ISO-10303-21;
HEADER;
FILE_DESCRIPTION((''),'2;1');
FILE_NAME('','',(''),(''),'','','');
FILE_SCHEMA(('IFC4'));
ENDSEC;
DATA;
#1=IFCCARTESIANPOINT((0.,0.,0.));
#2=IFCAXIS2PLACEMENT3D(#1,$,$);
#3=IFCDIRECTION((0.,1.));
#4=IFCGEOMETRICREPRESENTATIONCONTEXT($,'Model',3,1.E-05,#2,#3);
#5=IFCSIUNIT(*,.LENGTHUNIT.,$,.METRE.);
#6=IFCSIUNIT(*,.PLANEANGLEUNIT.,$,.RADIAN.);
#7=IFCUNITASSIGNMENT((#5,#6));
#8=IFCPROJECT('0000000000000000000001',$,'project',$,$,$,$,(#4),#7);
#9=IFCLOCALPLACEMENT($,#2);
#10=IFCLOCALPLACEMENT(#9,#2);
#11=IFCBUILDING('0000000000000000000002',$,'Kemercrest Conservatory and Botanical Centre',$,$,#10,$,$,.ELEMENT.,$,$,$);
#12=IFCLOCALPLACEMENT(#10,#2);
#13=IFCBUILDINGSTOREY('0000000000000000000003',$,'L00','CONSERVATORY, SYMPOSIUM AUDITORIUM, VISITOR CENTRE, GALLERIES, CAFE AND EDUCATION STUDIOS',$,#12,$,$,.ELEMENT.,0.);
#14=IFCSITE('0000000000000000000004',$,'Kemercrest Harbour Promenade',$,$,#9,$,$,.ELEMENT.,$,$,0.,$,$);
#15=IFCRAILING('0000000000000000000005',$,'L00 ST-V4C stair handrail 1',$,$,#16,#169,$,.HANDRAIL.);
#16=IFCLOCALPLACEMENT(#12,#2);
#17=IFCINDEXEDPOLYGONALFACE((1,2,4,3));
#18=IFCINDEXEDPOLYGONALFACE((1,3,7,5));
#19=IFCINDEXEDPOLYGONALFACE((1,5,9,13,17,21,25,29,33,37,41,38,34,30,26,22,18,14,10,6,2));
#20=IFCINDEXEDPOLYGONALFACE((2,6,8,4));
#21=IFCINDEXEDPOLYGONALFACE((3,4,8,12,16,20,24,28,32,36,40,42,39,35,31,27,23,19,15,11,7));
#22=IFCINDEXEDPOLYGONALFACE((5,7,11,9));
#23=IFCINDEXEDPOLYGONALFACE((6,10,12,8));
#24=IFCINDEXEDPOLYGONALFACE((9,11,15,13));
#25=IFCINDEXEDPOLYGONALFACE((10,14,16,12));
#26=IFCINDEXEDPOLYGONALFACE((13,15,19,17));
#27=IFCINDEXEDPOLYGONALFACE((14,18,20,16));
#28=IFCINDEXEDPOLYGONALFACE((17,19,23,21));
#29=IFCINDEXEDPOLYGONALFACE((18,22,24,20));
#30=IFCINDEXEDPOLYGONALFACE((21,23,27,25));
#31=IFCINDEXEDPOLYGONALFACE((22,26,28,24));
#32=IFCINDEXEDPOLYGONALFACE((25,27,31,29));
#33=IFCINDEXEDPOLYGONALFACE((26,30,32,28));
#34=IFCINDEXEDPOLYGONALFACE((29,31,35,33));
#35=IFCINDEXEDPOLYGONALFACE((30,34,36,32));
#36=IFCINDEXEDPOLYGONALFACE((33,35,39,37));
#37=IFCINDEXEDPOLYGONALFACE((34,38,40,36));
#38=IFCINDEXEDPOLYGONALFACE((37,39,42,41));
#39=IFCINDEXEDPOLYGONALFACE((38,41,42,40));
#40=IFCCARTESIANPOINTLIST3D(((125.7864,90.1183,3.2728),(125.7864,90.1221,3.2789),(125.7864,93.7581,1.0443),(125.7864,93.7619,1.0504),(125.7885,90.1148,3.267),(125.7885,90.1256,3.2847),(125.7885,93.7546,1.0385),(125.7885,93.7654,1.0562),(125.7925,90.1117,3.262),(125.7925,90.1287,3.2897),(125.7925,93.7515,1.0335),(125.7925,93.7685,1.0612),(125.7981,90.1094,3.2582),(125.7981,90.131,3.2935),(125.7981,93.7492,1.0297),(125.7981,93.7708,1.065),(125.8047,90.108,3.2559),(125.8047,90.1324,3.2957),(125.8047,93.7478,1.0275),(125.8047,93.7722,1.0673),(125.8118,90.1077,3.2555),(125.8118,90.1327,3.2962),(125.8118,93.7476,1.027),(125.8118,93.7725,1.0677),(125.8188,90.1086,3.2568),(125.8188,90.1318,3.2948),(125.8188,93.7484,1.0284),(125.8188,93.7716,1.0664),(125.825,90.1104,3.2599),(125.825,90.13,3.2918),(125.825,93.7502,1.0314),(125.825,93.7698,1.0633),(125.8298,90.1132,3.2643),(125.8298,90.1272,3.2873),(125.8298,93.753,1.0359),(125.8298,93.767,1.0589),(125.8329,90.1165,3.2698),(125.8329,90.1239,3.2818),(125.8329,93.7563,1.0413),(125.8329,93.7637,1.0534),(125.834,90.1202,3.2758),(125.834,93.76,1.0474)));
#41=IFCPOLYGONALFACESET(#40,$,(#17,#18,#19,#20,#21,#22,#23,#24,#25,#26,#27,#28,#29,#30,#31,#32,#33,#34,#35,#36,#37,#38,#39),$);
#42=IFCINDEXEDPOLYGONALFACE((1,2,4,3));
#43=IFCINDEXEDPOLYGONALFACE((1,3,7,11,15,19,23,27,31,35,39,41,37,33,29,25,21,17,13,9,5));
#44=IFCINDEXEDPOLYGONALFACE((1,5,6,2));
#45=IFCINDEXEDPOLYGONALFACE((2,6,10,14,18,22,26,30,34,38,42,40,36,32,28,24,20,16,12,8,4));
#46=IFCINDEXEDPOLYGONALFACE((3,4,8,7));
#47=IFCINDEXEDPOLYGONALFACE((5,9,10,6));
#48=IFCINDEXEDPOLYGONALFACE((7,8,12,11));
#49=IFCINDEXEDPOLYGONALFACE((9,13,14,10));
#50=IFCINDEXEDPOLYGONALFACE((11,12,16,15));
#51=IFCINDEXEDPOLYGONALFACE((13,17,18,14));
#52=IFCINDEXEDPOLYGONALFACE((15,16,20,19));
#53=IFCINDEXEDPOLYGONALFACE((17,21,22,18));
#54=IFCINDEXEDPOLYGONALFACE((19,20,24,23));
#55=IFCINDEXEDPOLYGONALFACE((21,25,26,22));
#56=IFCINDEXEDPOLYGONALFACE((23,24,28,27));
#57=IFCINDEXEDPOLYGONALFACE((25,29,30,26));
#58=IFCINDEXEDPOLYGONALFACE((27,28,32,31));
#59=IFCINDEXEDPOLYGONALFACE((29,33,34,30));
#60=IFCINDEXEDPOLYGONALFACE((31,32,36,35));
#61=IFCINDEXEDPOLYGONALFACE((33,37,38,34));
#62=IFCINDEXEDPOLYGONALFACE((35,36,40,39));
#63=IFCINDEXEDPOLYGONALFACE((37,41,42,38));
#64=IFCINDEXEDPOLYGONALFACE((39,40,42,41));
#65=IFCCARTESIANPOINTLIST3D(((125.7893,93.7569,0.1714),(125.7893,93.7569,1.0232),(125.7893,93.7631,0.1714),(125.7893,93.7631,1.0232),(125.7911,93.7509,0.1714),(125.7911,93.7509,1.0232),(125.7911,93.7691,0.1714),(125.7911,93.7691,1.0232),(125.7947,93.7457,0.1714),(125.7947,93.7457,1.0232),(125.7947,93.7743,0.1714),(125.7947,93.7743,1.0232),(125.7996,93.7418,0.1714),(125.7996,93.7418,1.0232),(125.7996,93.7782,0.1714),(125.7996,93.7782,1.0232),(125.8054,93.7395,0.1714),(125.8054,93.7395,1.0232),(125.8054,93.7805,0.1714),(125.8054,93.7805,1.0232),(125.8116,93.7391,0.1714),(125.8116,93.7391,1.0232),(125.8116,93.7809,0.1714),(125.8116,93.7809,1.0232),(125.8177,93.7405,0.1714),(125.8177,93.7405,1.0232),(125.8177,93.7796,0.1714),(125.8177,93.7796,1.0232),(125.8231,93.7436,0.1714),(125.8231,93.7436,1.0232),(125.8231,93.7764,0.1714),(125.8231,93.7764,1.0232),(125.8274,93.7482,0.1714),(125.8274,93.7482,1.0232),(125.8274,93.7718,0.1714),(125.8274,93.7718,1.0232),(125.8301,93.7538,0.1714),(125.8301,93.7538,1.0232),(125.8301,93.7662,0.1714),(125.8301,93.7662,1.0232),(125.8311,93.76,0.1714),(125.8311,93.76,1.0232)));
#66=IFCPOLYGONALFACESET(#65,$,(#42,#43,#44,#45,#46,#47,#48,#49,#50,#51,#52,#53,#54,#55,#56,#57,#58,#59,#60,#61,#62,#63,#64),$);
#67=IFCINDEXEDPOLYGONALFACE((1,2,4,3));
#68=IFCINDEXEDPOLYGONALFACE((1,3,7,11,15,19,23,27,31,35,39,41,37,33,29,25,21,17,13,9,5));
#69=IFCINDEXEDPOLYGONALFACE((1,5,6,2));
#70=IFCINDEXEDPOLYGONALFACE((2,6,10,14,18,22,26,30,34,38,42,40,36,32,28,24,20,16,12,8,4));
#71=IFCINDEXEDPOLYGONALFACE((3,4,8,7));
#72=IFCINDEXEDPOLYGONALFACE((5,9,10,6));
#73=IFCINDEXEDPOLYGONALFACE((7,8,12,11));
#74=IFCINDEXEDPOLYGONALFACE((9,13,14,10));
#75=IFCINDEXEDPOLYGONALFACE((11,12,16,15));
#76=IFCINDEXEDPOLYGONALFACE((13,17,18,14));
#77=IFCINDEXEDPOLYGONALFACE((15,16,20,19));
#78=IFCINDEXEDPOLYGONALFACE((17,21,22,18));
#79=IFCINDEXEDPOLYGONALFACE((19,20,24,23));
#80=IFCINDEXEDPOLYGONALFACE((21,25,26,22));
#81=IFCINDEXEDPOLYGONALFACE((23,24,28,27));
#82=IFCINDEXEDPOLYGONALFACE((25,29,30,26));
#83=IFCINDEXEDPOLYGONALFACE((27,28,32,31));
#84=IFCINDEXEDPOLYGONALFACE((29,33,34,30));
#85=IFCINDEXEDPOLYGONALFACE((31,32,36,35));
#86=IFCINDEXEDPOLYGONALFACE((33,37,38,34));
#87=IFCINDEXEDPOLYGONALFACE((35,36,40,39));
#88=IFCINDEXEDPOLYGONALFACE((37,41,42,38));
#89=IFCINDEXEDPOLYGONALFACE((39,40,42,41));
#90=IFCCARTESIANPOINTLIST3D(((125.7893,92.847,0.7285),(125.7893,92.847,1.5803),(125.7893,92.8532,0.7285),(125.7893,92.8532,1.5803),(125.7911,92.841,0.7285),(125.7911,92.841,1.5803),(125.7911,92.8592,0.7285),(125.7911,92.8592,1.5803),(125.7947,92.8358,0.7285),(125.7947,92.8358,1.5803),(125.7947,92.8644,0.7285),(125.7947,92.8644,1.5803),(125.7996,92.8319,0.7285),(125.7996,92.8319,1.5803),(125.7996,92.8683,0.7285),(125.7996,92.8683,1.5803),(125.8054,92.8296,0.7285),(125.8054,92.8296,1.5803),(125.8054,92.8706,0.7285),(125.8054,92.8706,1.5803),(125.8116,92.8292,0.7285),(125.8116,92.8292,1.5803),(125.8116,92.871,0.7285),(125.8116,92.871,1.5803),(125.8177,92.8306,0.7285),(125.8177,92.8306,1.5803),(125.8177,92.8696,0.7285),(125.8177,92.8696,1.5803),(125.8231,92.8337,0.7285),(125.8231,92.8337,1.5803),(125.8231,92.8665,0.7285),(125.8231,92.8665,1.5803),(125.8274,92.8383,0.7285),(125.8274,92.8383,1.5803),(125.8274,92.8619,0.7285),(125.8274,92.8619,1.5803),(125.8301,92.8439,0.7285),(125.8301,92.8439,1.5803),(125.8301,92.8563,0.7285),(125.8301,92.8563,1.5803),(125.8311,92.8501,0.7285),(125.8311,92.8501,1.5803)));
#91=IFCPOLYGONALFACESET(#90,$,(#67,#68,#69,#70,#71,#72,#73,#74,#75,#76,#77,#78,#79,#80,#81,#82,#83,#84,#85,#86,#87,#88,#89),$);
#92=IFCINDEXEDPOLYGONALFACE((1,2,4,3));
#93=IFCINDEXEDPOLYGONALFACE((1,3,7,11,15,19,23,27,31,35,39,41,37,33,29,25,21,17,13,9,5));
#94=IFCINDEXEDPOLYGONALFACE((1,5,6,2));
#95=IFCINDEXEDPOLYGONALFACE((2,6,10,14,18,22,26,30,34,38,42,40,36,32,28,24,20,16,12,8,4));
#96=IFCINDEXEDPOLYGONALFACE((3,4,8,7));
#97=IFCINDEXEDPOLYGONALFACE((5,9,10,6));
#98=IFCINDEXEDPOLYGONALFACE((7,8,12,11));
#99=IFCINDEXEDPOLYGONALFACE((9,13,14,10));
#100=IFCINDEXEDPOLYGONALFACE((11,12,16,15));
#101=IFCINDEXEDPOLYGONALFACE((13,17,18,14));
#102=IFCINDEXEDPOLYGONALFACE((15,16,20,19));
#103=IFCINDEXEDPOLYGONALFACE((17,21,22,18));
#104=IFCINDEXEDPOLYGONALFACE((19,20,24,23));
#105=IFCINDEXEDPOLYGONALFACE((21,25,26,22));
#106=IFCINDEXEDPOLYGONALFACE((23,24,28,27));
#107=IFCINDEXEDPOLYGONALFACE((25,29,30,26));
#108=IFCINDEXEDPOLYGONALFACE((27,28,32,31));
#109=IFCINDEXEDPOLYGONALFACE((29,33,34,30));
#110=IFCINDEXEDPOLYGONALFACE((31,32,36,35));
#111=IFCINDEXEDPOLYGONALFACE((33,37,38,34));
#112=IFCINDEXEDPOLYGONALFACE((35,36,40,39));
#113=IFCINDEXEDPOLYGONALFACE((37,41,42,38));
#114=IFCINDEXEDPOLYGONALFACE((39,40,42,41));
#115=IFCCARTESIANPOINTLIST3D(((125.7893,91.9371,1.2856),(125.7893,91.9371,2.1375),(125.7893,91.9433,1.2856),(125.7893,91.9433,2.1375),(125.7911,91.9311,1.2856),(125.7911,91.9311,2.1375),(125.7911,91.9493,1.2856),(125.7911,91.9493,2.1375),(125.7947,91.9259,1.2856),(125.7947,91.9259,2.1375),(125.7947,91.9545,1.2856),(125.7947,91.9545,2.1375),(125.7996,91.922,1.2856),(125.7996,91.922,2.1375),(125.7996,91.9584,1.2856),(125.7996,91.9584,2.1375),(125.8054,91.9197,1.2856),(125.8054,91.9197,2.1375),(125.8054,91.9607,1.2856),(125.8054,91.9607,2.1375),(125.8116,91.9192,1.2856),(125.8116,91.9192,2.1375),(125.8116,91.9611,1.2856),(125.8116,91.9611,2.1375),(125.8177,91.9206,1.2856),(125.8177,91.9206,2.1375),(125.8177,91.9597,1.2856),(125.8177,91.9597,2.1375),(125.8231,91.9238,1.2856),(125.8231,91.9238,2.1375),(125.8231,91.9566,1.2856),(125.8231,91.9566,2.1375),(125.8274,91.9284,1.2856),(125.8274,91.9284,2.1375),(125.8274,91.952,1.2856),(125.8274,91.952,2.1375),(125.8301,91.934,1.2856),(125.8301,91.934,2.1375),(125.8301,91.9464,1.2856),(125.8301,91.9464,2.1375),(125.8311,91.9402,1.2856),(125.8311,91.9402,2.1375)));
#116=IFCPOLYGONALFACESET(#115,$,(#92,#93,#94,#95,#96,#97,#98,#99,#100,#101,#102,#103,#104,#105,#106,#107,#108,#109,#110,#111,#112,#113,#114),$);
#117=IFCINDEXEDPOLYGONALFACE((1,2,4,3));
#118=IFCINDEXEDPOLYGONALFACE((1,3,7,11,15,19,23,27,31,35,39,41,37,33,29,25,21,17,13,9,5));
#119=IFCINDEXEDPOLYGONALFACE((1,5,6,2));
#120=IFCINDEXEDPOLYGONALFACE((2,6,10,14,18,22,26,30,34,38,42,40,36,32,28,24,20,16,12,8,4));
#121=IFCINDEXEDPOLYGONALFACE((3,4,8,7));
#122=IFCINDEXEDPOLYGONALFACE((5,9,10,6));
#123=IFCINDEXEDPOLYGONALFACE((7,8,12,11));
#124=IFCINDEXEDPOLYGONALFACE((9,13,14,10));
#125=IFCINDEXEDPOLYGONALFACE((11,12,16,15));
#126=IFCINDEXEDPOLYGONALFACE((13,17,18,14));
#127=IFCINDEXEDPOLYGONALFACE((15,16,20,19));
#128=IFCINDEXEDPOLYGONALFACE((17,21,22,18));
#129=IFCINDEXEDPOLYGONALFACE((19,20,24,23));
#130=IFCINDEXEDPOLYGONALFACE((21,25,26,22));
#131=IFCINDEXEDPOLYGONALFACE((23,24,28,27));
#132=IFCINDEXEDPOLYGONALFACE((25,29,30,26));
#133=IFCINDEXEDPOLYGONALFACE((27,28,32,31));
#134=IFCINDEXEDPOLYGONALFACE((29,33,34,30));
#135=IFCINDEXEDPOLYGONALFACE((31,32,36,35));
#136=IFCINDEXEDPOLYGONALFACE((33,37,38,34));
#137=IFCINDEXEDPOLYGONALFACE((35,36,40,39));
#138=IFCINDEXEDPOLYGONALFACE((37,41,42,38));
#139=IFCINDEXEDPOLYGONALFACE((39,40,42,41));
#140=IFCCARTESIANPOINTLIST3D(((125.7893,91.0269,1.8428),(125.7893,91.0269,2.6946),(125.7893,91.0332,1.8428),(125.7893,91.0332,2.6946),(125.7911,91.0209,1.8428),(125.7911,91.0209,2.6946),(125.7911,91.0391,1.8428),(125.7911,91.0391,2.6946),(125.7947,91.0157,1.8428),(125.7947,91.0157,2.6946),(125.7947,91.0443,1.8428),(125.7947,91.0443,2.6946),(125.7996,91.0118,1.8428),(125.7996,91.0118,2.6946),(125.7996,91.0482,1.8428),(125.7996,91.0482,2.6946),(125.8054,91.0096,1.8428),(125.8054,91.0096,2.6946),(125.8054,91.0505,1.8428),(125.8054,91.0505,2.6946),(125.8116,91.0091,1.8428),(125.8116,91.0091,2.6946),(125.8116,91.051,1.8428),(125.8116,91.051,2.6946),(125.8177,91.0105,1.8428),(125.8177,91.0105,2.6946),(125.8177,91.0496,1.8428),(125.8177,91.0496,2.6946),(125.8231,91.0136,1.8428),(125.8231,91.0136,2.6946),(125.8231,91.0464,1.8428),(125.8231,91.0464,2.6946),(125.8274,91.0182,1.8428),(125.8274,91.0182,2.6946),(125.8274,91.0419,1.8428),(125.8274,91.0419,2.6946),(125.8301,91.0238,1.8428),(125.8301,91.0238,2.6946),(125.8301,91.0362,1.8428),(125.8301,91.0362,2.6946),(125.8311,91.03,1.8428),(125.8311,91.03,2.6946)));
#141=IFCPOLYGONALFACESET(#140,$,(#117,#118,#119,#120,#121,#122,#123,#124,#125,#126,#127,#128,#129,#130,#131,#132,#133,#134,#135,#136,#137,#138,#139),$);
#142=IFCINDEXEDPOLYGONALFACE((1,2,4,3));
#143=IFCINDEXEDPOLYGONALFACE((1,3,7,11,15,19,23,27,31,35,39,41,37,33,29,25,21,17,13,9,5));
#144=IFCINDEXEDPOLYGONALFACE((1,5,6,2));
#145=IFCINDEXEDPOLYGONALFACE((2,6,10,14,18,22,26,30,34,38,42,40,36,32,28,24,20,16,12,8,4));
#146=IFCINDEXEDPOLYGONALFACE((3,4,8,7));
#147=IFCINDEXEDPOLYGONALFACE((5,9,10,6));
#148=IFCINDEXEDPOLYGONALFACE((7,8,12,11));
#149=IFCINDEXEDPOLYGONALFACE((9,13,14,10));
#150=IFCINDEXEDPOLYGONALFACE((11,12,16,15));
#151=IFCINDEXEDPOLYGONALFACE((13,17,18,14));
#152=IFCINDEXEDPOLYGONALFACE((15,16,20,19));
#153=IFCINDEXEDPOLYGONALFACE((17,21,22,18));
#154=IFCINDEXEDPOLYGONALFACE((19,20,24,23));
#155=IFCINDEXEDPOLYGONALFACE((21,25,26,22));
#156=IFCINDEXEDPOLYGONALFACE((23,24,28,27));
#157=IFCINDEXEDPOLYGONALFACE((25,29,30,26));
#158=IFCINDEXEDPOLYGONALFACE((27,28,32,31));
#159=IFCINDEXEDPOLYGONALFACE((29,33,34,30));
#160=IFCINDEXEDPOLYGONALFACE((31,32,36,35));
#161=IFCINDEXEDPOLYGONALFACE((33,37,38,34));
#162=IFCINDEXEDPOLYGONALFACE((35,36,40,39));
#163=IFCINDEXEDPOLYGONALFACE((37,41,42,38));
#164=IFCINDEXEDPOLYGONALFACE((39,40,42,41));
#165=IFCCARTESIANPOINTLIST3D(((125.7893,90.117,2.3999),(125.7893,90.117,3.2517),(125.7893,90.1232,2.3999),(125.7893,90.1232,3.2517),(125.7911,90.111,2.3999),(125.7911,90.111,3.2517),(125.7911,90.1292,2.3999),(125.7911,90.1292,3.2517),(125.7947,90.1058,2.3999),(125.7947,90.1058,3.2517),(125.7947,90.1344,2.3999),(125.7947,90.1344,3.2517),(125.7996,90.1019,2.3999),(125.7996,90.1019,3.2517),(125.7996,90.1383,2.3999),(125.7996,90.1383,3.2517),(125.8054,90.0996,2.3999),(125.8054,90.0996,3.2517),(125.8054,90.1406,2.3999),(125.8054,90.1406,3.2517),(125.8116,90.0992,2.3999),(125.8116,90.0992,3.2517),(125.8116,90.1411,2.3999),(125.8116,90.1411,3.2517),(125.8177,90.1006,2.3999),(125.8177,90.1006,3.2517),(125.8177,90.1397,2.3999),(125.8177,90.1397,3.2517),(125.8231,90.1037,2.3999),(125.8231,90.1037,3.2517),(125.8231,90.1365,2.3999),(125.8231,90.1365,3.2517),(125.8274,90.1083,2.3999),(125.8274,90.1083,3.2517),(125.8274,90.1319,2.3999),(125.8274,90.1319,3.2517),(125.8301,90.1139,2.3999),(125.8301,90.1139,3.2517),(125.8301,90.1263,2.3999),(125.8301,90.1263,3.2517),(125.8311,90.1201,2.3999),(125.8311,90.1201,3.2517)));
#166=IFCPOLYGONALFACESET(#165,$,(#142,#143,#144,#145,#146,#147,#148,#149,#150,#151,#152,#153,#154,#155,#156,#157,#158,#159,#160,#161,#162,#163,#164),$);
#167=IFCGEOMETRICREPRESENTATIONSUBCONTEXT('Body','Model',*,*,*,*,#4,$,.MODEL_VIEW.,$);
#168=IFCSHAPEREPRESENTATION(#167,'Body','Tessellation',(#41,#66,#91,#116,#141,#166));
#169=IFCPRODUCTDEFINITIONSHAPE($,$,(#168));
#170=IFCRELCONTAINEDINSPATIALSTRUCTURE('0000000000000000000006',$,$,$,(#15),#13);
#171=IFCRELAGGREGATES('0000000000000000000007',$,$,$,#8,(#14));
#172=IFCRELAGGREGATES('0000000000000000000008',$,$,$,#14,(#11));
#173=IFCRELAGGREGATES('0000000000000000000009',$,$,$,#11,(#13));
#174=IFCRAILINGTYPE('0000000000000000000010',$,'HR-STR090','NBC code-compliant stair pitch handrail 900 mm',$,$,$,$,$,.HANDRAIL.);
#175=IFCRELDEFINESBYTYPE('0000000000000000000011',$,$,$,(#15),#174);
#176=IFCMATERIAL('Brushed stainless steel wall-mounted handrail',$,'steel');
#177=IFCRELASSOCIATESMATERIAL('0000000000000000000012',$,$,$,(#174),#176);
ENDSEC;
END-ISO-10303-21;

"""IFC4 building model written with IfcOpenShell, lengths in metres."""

from ifc_helpers import new_model, si_unit, direction, frame, origin, origin_2d, place, context, subcontext, project, spatial, circle, extrude, material, type_object, element, save


model = new_model("IFC4")

# Units and contexts
model_context = context("Model", 3, precision=1e-05, world=origin(), true_north=direction((0.0, 1.0)))
body_context = subcontext(model_context, "Body", "Model", "MODEL_VIEW")
ifc_project = project(units=[si_unit("LENGTHUNIT", "METRE"), si_unit("PLANEANGLEUNIT", "RADIAN")], contexts=[model_context])

# Site, building, storey
site_placement = place(None, origin())
site = spatial("IfcSite", under=ifc_project, at=site_placement, Name="Kemercrest Harbour Promenade", CompositionType="ELEMENT", RefElevation=0.0)
building_placement = place(site_placement, origin())
building = spatial("IfcBuilding", under=site, at=building_placement, Name="Kemercrest Conservatory and Botanical Centre", CompositionType="ELEMENT")
storey_placement = place(building_placement, origin())
storey = spatial("IfcBuildingStorey", under=building, at=storey_placement, Name="L00", Description="CONSERVATORY, SYMPOSIUM AUDITORIUM, VISITOR CENTRE, GALLERIES, CAFE AND EDUCATION STUDIOS", CompositionType="ELEMENT", Elevation=0.0)

# Railing
ifc_material_1 = material(Name="Brushed stainless steel wall-mounted handrail", Category="steel")
railing_type_1 = type_object("IfcRailingType", Name="HR-STR090", Description="NBC code-compliant stair pitch handrail 900 mm", PredefinedType="HANDRAIL", material=ifc_material_1)
railing_1_placement = place(storey_placement, frame((125.8101, 93.76, 0.1714)))
element("IfcRailing", 1, at=railing_1_placement, inside=storey, type_object=railing_type_1, Name="L00 ST-V4C stair handrail 1", PredefinedType="HANDRAIL", context=body_context, shape_type="SweptSolid", body=[
    extrude(circle(Radius=0.0239, at=origin_2d()), frame((0.0, 0.0, 0.876), z_axis=(0.0, -0.85285, 0.522156), x_axis=(1.0, 0.0, 0.0)), (0.0, 0.0, 1.0), 4.2678),
    extrude(circle(Radius=0.021, at=origin_2d()), origin(), (0.0, 0.0, 1.0), 0.8518),
    extrude(circle(Radius=0.021, at=origin_2d()), frame((0.0, -0.9099, 0.5571)), (0.0, 0.0, 1.0), 0.8518),
    extrude(circle(Radius=0.021, at=origin_2d()), frame((0.0, -1.8198, 1.1143)), (0.0, 0.0, 1.0), 0.8518),
    extrude(circle(Radius=0.021, at=origin_2d()), frame((0.0, -2.73, 1.6714)), (0.0, 0.0, 1.0), 0.8518),
    extrude(circle(Radius=0.021, at=origin_2d()), frame((0.0, -3.6399, 2.2285)), (0.0, 0.0, 1.0), 0.8518),
])

save(model, "model.ifc")
